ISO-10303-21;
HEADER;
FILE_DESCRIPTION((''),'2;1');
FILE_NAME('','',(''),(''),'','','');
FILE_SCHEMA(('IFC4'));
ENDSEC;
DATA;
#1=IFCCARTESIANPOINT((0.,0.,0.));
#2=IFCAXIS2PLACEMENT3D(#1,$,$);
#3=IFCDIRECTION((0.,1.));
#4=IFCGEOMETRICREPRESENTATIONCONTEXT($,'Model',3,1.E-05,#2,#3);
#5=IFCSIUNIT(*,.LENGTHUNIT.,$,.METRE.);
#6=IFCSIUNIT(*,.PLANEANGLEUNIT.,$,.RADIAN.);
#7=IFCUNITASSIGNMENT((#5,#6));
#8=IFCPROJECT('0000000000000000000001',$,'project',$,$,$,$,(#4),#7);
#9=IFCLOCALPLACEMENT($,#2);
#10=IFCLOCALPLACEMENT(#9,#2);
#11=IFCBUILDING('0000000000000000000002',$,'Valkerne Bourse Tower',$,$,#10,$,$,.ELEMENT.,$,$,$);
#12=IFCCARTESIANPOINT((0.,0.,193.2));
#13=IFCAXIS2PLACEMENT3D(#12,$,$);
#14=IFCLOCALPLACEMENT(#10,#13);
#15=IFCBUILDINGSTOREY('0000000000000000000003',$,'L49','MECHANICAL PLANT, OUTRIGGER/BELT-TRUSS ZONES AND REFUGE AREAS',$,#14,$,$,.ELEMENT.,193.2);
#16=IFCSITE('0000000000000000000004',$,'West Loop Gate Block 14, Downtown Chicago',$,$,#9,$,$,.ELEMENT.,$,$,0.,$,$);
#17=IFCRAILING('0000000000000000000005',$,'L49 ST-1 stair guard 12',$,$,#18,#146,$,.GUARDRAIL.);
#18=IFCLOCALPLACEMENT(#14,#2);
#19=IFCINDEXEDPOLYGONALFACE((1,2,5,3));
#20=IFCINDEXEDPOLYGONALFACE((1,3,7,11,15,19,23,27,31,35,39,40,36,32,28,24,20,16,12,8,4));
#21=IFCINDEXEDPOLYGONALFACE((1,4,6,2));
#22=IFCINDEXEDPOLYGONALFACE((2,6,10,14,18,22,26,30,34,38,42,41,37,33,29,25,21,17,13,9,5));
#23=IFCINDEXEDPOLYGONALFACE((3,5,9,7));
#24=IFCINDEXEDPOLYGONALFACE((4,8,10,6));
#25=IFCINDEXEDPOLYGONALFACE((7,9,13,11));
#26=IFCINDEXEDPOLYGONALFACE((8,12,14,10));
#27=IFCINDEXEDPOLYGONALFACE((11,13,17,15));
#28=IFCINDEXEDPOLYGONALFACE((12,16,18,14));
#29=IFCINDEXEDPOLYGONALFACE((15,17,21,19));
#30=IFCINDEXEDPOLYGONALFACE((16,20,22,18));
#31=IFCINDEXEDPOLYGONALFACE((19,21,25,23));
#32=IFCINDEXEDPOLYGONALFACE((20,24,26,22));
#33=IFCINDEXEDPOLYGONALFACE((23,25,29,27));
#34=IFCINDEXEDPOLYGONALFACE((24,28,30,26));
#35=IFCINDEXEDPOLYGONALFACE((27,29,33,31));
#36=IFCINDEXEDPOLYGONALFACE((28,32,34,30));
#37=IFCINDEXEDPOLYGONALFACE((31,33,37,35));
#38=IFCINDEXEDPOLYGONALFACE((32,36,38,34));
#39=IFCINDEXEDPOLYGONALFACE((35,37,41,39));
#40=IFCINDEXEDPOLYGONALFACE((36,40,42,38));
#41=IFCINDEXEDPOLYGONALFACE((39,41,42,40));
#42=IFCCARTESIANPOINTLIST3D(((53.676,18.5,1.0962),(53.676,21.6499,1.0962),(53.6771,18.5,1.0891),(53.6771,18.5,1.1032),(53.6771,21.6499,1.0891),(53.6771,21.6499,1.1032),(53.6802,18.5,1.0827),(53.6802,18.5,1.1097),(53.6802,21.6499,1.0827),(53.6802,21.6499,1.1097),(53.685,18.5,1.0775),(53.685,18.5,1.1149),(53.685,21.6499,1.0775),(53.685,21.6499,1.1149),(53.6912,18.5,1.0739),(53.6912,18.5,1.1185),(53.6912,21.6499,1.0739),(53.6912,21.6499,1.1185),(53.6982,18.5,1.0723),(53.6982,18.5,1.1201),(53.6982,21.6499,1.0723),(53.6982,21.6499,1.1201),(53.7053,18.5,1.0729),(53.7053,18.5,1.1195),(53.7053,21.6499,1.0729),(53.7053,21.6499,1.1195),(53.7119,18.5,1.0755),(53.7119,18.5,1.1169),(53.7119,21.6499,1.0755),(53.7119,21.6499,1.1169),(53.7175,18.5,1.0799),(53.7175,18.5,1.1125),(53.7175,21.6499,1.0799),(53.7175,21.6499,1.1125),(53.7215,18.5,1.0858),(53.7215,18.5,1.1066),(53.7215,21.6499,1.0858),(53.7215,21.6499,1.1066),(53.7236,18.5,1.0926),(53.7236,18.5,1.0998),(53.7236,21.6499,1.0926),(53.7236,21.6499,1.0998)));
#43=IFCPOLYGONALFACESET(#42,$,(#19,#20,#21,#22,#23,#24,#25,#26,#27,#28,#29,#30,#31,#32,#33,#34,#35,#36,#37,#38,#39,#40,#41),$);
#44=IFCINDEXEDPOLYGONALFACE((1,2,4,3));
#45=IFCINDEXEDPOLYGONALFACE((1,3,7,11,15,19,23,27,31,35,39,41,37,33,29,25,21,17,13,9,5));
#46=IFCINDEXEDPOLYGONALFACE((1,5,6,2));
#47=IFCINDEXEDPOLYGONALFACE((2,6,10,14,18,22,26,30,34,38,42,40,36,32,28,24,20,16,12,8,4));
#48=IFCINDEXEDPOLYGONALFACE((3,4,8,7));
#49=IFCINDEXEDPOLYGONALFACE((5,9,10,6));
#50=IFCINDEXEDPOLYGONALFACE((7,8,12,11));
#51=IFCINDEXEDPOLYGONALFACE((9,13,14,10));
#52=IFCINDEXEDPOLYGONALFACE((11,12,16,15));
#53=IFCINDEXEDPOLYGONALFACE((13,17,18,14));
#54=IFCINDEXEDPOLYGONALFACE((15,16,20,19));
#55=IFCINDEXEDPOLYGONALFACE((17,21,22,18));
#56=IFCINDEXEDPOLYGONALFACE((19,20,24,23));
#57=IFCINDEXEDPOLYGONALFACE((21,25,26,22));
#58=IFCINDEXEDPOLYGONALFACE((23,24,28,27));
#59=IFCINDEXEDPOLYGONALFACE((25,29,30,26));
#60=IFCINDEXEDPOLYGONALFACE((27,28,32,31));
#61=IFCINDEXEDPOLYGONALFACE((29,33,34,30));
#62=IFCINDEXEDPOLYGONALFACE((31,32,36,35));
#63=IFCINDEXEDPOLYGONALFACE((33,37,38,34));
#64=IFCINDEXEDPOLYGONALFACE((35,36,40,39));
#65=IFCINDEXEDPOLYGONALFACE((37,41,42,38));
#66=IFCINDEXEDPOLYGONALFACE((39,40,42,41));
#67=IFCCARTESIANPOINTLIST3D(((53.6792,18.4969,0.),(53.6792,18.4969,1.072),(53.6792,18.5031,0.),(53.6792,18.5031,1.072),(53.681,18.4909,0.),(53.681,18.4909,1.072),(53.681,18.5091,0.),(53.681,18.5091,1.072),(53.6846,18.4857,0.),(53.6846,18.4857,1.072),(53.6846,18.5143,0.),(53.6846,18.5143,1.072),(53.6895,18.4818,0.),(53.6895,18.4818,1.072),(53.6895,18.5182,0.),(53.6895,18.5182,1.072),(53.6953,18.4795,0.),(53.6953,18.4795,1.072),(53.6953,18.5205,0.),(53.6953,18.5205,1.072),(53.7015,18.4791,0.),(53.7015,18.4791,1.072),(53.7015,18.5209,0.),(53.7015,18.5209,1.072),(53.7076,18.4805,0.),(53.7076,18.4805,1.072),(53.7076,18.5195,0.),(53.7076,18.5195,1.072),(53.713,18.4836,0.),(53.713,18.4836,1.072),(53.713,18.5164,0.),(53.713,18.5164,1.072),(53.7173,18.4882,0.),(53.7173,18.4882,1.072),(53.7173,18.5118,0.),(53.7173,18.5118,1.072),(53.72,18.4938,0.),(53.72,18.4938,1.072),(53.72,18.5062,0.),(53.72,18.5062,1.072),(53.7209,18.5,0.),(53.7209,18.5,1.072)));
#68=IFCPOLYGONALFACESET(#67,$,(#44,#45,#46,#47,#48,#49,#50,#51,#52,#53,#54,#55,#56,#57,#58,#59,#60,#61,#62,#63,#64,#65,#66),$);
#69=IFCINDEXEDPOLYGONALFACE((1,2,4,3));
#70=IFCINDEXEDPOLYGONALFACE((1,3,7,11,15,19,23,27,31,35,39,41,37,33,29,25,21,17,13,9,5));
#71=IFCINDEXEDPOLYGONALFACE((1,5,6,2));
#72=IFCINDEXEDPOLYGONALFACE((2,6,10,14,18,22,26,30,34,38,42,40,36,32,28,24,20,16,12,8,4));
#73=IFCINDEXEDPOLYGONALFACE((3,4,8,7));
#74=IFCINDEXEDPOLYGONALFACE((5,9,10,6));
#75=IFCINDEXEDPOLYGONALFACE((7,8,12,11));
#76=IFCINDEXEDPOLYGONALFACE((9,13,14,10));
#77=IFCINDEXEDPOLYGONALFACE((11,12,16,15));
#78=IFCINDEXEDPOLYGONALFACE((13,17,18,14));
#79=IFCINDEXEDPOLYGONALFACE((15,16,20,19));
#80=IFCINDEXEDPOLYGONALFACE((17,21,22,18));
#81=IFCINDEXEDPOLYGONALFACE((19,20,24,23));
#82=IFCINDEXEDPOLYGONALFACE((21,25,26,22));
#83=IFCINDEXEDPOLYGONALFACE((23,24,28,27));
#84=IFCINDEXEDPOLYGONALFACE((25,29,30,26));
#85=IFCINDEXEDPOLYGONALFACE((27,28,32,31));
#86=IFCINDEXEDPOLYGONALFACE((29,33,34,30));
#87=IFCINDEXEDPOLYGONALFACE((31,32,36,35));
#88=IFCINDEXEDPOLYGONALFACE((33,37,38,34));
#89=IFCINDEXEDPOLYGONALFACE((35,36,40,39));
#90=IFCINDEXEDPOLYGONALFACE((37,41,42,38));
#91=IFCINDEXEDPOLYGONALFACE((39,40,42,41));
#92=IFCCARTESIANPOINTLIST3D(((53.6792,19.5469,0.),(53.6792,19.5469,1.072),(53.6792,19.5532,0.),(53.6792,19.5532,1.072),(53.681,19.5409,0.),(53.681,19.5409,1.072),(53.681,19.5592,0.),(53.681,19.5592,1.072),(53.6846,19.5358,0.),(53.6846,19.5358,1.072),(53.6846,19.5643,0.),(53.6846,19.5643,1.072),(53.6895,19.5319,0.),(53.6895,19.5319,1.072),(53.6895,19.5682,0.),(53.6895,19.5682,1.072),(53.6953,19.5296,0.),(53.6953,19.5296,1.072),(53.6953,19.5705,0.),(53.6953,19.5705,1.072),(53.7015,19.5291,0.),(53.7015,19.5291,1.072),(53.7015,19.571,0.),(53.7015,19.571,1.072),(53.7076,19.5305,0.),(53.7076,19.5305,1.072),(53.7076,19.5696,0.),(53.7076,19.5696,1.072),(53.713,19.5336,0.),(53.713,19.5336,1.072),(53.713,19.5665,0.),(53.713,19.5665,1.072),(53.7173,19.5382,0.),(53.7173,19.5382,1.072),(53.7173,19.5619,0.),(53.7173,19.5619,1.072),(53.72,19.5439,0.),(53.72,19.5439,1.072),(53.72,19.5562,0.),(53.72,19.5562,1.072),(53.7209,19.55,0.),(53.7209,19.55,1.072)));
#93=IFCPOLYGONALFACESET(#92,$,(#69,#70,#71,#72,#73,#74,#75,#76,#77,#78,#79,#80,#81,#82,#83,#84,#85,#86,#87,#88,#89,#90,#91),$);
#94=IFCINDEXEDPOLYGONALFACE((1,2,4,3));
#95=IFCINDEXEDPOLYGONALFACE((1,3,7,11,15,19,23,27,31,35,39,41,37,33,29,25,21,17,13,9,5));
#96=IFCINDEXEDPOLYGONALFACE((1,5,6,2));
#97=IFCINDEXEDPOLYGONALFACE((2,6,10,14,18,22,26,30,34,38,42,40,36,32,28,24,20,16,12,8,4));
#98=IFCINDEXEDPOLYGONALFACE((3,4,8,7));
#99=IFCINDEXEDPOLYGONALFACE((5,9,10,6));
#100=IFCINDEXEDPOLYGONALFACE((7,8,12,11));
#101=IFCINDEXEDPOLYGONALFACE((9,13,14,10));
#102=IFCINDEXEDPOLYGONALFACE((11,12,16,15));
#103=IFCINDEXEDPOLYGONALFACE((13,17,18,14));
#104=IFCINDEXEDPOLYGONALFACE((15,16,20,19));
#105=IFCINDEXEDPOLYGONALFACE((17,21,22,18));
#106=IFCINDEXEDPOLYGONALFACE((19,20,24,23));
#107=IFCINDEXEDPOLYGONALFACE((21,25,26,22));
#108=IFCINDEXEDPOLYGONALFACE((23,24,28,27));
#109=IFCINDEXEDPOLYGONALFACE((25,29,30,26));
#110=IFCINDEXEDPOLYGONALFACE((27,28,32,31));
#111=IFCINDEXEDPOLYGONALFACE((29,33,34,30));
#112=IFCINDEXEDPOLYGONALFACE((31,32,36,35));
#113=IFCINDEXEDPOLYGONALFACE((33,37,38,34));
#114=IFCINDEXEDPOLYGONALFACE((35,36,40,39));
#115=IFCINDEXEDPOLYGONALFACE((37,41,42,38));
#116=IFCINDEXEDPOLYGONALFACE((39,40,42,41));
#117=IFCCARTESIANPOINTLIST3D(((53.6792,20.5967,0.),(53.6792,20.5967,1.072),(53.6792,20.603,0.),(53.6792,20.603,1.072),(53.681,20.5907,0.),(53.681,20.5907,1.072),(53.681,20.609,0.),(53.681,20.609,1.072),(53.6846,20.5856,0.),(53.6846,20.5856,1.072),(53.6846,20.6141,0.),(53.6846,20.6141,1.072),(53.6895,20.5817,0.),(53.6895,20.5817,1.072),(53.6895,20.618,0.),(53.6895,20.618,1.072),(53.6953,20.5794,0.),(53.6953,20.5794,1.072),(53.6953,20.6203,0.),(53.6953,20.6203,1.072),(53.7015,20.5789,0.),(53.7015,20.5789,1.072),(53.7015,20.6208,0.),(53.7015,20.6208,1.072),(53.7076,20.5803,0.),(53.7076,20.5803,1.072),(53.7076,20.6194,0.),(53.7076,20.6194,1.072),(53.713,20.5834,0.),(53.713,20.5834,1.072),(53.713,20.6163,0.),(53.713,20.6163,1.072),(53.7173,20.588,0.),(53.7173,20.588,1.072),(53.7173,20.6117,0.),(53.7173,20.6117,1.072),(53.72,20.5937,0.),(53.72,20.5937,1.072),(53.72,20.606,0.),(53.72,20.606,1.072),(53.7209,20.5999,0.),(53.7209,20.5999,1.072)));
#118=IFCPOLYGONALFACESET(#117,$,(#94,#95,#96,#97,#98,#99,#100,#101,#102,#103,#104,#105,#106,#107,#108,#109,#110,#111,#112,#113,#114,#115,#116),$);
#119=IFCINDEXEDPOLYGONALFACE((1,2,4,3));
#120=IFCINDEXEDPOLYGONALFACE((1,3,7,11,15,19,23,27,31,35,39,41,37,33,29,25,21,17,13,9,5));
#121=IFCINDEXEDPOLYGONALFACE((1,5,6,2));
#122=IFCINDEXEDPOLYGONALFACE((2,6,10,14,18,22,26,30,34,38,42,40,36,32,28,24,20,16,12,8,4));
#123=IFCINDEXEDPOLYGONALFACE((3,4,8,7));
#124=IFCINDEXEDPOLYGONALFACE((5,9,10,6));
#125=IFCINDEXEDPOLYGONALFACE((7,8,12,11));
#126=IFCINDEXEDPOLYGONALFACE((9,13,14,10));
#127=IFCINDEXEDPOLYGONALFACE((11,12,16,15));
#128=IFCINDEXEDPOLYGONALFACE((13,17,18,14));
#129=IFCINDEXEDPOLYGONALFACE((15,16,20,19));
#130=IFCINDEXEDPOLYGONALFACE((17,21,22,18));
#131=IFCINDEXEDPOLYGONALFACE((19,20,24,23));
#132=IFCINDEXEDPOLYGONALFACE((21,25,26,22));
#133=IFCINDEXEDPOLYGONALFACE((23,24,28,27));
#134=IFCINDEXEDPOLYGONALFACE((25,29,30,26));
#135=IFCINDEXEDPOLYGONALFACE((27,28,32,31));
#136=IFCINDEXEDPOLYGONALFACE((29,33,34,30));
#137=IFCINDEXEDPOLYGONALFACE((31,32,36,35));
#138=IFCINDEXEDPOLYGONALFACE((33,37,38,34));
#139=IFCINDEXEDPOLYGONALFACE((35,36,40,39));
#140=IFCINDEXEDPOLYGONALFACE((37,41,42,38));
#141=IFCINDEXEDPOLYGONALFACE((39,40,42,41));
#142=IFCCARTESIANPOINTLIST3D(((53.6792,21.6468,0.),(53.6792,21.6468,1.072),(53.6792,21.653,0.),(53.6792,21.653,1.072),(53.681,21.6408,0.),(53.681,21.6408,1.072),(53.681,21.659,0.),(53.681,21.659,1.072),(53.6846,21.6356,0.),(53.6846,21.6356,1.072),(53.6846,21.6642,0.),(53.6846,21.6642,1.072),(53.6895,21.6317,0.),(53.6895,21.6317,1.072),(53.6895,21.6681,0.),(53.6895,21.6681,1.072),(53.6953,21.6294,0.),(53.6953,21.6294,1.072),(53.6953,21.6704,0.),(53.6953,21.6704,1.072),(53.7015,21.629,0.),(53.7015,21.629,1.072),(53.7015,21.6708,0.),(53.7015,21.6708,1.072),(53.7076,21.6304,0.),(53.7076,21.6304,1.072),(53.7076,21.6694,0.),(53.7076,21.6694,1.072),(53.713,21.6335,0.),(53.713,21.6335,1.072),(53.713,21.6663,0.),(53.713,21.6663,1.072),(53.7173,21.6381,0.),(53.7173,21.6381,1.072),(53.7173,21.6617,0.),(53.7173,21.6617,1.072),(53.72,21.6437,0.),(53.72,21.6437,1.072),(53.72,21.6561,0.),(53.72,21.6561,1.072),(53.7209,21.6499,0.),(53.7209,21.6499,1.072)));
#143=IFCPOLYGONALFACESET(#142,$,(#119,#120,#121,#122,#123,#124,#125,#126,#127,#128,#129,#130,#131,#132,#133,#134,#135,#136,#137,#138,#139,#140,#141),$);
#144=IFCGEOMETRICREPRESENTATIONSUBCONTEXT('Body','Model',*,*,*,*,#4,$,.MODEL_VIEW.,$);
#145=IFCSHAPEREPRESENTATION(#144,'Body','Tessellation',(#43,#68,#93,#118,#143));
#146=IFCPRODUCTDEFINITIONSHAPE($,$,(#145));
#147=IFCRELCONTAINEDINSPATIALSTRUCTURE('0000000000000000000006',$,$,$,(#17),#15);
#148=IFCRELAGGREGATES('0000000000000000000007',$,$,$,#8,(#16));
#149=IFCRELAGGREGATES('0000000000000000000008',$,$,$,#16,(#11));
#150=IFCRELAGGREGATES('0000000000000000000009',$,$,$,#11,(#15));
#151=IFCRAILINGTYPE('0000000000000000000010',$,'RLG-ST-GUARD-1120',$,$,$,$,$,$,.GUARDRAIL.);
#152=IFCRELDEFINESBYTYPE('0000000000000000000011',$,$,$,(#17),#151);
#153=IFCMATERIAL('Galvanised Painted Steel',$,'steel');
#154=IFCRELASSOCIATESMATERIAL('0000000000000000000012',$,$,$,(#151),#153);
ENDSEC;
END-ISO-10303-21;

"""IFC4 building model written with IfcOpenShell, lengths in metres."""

from ifc_helpers import new_model, si_unit, direction, frame, origin, origin_2d, place, context, subcontext, project, spatial, circle, extrude, material, type_object, element, save


model = new_model("IFC4")

# Units and contexts
model_context = context("Model", 3, precision=1e-05, world=origin(), true_north=direction((0.0, 1.0)))
body_context = subcontext(model_context, "Body", "Model", "MODEL_VIEW")
ifc_project = project(units=[si_unit("LENGTHUNIT", "METRE"), si_unit("PLANEANGLEUNIT", "RADIAN")], contexts=[model_context])

# Site, building, storey
site_placement = place(None, origin())
site = spatial("IfcSite", under=ifc_project, at=site_placement, Name="West Loop Gate Block 14, Downtown Chicago", CompositionType="ELEMENT", RefElevation=0.0)
building_placement = place(site_placement, origin())
building = spatial("IfcBuilding", under=site, at=building_placement, Name="Valkerne Bourse Tower", CompositionType="ELEMENT")
storey_placement = place(building_placement, frame((0.0, 0.0, 193.2)))
storey = spatial("IfcBuildingStorey", under=building, at=storey_placement, Name="L49", Description="MECHANICAL PLANT, OUTRIGGER/BELT-TRUSS ZONES AND REFUGE AREAS", CompositionType="ELEMENT", Elevation=193.2)

# Railing
ifc_material_1 = material(Name="Galvanised Painted Steel", Category="steel")
railing_type_1 = type_object("IfcRailingType", Name="RLG-ST-GUARD-1120", PredefinedType="GUARDRAIL", material=ifc_material_1)
railing_1_placement = place(storey_placement, frame((53.7, 18.5, 0.0)))
element("IfcRailing", 1, at=railing_1_placement, inside=storey, type_object=railing_type_1, Name="L49 ST-1 stair guard 12", PredefinedType="GUARDRAIL", context=body_context, shape_type="SweptSolid", body=[
    extrude(circle(Radius=0.0239, at=origin_2d()), frame((0.0, 0.0, 1.0962), z_axis=(0.0, 1.0, 0.0), x_axis=(-1.0, 0.0, 0.0)), (0.0, 0.0, 1.0), 3.1499),
    extrude(circle(Radius=0.021, at=origin_2d()), origin(), (0.0, 0.0, 1.0), 1.072),
    extrude(circle(Radius=0.021, at=origin_2d()), frame((0.0, 1.05, 0.0)), (0.0, 0.0, 1.0), 1.072),
    extrude(circle(Radius=0.021, at=origin_2d()), frame((0.0, 2.0999, 0.0)), (0.0, 0.0, 1.0), 1.072),
    extrude(circle(Radius=0.021, at=origin_2d()), frame((0.0, 3.1499, 0.0)), (0.0, 0.0, 1.0), 1.072),
])

save(model, "model.ifc")
